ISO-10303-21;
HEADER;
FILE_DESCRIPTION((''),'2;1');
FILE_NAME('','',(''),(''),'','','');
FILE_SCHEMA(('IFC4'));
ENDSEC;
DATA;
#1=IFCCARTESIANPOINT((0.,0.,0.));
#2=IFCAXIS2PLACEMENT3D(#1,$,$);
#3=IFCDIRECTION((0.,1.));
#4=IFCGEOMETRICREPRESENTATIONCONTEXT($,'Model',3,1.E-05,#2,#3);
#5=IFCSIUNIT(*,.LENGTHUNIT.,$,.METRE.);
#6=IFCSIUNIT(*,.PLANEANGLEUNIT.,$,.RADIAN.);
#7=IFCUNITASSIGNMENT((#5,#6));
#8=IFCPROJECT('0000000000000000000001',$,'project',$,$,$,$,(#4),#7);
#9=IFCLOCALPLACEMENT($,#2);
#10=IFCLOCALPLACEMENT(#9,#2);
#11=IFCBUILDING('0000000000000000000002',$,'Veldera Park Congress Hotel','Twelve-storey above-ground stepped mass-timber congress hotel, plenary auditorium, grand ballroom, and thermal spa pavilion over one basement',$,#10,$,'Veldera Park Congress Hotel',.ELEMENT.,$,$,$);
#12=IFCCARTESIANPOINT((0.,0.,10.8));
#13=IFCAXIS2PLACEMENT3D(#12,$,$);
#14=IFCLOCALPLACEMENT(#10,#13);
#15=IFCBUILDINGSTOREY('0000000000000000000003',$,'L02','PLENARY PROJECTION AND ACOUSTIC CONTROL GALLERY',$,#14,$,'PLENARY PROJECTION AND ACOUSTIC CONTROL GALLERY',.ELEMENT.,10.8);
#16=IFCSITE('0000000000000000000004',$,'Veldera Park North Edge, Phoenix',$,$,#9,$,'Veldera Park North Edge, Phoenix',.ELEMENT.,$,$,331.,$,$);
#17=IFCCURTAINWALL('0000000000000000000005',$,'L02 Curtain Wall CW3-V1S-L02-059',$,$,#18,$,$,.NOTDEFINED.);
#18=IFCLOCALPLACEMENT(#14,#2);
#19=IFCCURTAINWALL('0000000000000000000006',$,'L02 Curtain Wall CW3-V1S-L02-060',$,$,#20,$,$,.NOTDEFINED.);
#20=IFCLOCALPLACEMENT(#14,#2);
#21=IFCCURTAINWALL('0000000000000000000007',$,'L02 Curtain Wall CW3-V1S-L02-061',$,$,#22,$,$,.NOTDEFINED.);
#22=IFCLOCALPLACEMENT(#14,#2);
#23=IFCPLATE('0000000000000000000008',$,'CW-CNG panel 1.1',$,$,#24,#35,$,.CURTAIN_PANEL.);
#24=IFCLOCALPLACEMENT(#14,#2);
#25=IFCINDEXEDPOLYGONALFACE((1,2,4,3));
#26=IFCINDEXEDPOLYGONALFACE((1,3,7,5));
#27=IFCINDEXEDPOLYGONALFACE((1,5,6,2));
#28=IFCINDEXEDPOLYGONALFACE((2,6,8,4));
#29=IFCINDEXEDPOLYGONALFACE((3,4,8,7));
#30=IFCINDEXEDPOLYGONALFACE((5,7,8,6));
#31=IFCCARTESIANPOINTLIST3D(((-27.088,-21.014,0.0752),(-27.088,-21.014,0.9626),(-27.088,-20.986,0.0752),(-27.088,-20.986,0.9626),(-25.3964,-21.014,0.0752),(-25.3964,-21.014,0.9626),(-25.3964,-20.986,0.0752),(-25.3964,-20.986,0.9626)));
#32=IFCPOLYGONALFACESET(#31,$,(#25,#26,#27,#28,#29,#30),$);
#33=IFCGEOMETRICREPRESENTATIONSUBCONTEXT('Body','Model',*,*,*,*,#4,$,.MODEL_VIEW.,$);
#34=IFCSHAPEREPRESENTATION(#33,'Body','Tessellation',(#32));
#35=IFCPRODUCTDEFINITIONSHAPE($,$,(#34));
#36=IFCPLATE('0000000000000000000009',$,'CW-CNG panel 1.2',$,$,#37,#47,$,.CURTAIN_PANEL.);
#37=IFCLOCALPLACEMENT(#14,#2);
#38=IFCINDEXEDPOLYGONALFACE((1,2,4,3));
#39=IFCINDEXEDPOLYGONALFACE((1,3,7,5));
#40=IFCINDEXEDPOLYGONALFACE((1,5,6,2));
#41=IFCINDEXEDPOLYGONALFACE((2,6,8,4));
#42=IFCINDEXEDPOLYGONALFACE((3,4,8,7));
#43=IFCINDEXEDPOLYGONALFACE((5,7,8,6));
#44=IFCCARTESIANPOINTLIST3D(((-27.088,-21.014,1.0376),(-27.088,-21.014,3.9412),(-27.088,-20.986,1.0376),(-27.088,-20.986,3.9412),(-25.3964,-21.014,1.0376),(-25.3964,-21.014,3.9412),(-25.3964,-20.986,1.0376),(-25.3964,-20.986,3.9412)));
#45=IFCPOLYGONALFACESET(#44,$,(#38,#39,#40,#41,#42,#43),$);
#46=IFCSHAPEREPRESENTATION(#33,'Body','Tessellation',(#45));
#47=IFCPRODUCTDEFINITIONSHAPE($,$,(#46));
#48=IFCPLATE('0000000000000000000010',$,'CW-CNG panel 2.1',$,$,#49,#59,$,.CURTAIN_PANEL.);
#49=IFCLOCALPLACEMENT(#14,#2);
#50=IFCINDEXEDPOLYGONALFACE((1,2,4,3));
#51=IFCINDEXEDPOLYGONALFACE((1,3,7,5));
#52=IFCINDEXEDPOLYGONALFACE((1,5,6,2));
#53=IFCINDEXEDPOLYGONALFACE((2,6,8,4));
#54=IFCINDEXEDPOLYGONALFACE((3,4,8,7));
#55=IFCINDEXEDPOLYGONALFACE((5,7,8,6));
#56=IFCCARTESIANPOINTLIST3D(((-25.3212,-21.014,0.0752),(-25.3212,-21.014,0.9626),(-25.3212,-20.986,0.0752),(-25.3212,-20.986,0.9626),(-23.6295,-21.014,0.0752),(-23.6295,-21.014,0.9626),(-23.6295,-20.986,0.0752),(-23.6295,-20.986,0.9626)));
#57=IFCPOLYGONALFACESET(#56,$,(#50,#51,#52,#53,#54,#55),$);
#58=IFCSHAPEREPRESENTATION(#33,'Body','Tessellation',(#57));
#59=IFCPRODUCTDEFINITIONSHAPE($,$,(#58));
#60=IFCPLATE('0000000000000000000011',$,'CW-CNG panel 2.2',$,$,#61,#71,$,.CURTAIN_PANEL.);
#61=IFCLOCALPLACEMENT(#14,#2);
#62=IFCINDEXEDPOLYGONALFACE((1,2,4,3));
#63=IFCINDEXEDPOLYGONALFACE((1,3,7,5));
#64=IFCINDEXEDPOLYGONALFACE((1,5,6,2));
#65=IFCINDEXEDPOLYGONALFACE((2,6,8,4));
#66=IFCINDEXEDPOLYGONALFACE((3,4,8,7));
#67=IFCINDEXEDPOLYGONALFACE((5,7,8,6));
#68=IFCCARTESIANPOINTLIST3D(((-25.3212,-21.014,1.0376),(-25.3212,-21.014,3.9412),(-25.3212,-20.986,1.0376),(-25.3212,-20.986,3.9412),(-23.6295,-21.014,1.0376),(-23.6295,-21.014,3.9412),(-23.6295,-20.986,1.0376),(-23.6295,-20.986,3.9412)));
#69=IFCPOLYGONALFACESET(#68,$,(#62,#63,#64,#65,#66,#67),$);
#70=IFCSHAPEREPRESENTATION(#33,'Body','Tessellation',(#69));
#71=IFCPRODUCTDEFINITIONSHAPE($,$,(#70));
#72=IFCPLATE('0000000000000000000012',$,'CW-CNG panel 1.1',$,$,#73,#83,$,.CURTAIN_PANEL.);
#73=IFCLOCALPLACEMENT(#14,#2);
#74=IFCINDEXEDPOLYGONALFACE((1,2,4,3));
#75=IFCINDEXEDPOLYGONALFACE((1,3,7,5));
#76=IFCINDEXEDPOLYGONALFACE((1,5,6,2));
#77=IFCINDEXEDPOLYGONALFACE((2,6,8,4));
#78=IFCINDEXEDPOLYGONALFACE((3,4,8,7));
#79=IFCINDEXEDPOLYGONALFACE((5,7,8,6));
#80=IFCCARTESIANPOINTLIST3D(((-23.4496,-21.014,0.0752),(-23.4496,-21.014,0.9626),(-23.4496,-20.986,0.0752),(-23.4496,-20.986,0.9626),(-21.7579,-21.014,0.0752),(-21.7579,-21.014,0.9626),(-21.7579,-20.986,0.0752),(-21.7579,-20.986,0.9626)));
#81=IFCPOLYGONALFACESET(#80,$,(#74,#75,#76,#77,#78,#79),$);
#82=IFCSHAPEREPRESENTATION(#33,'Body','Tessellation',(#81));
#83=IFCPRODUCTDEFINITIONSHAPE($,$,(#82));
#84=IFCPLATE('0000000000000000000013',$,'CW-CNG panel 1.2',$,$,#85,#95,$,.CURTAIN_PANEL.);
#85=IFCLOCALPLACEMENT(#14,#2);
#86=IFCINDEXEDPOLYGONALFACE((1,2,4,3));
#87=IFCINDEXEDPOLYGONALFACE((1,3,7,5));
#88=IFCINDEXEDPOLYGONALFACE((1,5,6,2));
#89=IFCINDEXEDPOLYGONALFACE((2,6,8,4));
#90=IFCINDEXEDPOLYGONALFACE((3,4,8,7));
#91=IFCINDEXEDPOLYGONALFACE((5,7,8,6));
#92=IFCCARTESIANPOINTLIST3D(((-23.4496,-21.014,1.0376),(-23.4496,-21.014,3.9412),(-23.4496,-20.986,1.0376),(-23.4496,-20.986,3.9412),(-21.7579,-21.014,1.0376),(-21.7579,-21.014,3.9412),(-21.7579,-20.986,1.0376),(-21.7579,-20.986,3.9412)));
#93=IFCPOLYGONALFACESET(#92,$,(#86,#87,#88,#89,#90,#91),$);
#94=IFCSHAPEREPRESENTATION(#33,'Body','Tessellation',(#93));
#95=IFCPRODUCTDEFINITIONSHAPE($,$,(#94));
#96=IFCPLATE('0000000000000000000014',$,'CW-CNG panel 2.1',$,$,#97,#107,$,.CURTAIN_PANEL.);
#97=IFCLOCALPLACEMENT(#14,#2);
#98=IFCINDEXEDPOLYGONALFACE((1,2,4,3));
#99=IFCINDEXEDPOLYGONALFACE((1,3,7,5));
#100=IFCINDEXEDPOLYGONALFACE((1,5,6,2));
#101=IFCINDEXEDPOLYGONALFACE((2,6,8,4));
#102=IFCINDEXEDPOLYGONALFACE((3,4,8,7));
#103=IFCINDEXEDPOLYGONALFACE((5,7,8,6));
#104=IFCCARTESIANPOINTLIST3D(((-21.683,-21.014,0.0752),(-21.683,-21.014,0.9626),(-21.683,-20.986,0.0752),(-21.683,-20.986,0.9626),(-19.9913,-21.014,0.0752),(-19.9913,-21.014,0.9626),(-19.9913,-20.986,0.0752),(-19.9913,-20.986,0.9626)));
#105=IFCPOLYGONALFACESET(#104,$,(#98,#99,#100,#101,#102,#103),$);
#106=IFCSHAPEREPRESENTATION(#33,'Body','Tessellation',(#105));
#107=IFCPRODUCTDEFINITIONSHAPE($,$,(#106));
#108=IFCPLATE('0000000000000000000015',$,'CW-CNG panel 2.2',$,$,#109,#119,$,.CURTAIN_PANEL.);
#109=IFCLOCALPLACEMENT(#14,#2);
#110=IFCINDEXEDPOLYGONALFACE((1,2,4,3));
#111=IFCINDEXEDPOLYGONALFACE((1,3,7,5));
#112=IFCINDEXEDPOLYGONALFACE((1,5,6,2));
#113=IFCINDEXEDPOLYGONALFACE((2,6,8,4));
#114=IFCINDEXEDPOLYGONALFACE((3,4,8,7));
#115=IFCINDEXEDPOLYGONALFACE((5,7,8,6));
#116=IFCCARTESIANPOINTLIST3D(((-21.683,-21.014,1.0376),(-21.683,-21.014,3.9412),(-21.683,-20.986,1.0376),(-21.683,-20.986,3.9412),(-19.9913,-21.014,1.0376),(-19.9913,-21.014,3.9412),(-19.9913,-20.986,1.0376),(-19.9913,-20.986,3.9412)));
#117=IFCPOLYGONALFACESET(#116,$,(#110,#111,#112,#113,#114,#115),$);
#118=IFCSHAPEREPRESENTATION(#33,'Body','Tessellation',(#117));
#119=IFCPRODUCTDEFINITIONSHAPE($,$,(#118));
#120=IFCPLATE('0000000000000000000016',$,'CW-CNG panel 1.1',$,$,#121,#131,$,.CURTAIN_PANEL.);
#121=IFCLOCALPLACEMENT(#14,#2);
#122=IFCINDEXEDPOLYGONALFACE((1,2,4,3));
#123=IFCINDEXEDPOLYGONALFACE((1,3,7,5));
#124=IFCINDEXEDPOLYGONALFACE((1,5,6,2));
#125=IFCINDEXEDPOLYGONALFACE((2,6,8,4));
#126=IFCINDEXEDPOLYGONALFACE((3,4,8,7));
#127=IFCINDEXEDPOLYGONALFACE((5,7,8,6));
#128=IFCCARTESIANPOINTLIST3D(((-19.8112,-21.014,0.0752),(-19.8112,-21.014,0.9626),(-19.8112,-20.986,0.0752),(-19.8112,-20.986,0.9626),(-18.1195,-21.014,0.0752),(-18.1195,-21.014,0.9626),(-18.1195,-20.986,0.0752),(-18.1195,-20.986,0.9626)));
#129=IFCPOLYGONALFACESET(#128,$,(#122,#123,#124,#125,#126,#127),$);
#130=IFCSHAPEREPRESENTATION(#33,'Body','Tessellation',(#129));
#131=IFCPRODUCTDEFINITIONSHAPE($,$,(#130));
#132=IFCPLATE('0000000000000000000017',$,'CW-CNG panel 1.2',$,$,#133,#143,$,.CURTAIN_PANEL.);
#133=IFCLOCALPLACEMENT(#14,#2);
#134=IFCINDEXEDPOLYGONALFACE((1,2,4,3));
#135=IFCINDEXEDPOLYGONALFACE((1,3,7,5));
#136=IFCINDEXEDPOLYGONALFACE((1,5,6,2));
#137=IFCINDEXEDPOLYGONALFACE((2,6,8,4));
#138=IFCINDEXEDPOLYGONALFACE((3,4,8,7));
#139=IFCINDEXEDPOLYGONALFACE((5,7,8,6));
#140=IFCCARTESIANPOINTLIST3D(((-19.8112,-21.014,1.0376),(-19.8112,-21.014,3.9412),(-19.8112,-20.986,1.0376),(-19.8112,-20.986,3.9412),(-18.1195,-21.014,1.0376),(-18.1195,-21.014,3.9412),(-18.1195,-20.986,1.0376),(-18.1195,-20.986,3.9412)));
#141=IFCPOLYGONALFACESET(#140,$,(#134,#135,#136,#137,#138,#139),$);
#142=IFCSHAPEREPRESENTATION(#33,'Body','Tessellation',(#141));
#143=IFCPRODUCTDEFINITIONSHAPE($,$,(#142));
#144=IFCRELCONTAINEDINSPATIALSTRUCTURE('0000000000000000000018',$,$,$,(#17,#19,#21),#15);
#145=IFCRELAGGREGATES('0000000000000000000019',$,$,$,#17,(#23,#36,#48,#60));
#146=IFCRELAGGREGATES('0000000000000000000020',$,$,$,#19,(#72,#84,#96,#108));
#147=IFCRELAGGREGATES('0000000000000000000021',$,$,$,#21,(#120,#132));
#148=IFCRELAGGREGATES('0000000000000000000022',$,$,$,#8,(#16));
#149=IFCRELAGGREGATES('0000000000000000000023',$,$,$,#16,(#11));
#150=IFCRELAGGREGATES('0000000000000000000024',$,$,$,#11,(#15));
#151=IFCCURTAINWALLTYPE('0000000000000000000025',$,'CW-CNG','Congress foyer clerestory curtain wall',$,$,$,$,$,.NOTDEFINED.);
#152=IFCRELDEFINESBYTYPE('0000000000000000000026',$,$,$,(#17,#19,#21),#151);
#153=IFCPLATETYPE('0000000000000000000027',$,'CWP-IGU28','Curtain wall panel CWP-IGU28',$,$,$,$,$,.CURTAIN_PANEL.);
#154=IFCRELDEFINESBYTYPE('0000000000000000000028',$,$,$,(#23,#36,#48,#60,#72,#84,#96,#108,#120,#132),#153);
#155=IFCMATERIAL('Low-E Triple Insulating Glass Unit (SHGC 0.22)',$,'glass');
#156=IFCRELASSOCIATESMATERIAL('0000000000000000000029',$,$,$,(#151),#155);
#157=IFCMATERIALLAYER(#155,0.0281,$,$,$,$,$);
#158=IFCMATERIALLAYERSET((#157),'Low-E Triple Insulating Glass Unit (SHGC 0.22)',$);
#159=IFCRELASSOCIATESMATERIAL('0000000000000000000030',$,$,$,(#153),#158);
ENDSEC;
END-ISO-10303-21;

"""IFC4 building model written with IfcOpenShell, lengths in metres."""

from ifc_helpers import new_model, si_unit, direction, frame, origin, origin_2d, place, context, subcontext, project, spatial, rectangle, extrude, material, layer, layer_set, type_object, element, aggregate, save


model = new_model("IFC4")

# Units and contexts
model_context = context("Model", 3, precision=1e-05, world=origin(), true_north=direction((0.0, 1.0)))
body_context = subcontext(model_context, "Body", "Model", "MODEL_VIEW")
ifc_project = project(units=[si_unit("LENGTHUNIT", "METRE"), si_unit("PLANEANGLEUNIT", "RADIAN")], contexts=[model_context])

# Site, building, storey
site_placement = place(None, origin())
site = spatial("IfcSite", under=ifc_project, at=site_placement, Name="Veldera Park North Edge, Phoenix", LongName="Veldera Park North Edge, Phoenix", CompositionType="ELEMENT", RefElevation=331.0)
building_placement = place(site_placement, origin())
building = spatial("IfcBuilding", under=site, at=building_placement, Name="Veldera Park Congress Hotel", Description="Twelve-storey above-ground stepped mass-timber congress hotel, plenary auditorium, grand ballroom, and thermal spa pavilion over one basement", LongName="Veldera Park Congress Hotel", CompositionType="ELEMENT")
storey_placement = place(building_placement, frame((0.0, 0.0, 10.8)))
storey = spatial("IfcBuildingStorey", under=building, at=storey_placement, Name="L02", Description="PLENARY PROJECTION AND ACOUSTIC CONTROL GALLERY", LongName="PLENARY PROJECTION AND ACOUSTIC CONTROL GALLERY", CompositionType="ELEMENT", Elevation=10.8)

# Shared definitions
ifc_material_1 = material(Name="Low-E Triple Insulating Glass Unit (SHGC 0.22)", Category="glass")
curtain_wall_type = type_object("IfcCurtainWallType", Name="CW-CNG", Description="Congress foyer clerestory curtain wall", PredefinedType="NOTDEFINED", material=ifc_material_1)

# Curtain walls
curtain_wall_1_placement = place(storey_placement, origin())
curtain_wall_1 = element("IfcCurtainWall", 1, at=curtain_wall_1_placement, inside=storey, type_object=curtain_wall_type, Name="L02 Curtain Wall CW3-V1S-L02-059", PredefinedType="NOTDEFINED")
curtain_wall_2_placement = place(storey_placement, origin())
curtain_wall_2 = element("IfcCurtainWall", 2, at=curtain_wall_2_placement, inside=storey, type_object=curtain_wall_type, Name="L02 Curtain Wall CW3-V1S-L02-060", PredefinedType="NOTDEFINED")
curtain_wall_3_placement = place(storey_placement, origin())
curtain_wall_3 = element("IfcCurtainWall", 3, at=curtain_wall_3_placement, inside=storey, type_object=curtain_wall_type, Name="L02 Curtain Wall CW3-V1S-L02-061", PredefinedType="NOTDEFINED")

# Plates
ifc_layer = layer(ifc_material_1, 0.0281)
ifc_layer_set = layer_set([ifc_layer], Name="Low-E Triple Insulating Glass Unit (SHGC 0.22)")
plate_type = type_object("IfcPlateType", Name="CWP-IGU28", Description="Curtain wall panel CWP-IGU28", PredefinedType="CURTAIN_PANEL", material=ifc_layer_set)
plate_1_placement = place(storey_placement, frame((-26.2422, -21.0, 0.0752), z_axis=(0.0, 0.0, 1.0), x_axis=(1.0, 0.0, 0.0)))
plate_1 = element("IfcPlate", 4, at=plate_1_placement, type_object=plate_type, Name="CW-CNG panel 1.1", PredefinedType="CURTAIN_PANEL", context=body_context, shape_type="SweptSolid", body=[
    extrude(rectangle(XDim=1.6917, YDim=0.0281, at=origin_2d()), origin(), (0.0, 0.0, 1.0), 0.8875),
])
plate_2_placement = place(storey_placement, frame((-26.2422, -21.0, 1.0376), z_axis=(0.0, 0.0, 1.0), x_axis=(1.0, 0.0, 0.0)))
plate_2 = element("IfcPlate", 5, at=plate_2_placement, type_object=plate_type, Name="CW-CNG panel 1.2", PredefinedType="CURTAIN_PANEL", context=body_context, shape_type="SweptSolid", body=[
    extrude(rectangle(XDim=1.6917, YDim=0.0281, at=origin_2d()), origin(), (0.0, 0.0, 1.0), 2.9036),
])
plate_3_placement = place(storey_placement, frame((-24.4753, -21.0, 0.0752), z_axis=(0.0, 0.0, 1.0), x_axis=(1.0, 0.0, 0.0)))
plate_3 = element("IfcPlate", 6, at=plate_3_placement, type_object=plate_type, Name="CW-CNG panel 2.1", PredefinedType="CURTAIN_PANEL", context=body_context, shape_type="SweptSolid", body=[
    extrude(rectangle(XDim=1.6917, YDim=0.0281, at=origin_2d()), origin(), (0.0, 0.0, 1.0), 0.8875),
])
plate_4_placement = place(storey_placement, frame((-24.4753, -21.0, 1.0376), z_axis=(0.0, 0.0, 1.0), x_axis=(1.0, 0.0, 0.0)))
plate_4 = element("IfcPlate", 7, at=plate_4_placement, type_object=plate_type, Name="CW-CNG panel 2.2", PredefinedType="CURTAIN_PANEL", context=body_context, shape_type="SweptSolid", body=[
    extrude(rectangle(XDim=1.6917, YDim=0.0281, at=origin_2d()), origin(), (0.0, 0.0, 1.0), 2.9036),
])
aggregate(curtain_wall_1, [plate_1, plate_2, plate_3, plate_4])
plate_5_placement = place(storey_placement, frame((-22.6038, -21.0, 0.0752), z_axis=(0.0, 0.0, 1.0), x_axis=(1.0, 0.0, 0.0)))
plate_5 = element("IfcPlate", 8, at=plate_5_placement, type_object=plate_type, Name="CW-CNG panel 1.1", PredefinedType="CURTAIN_PANEL", context=body_context, shape_type="SweptSolid", body=[
    extrude(rectangle(XDim=1.6917, YDim=0.0281, at=origin_2d()), origin(), (0.0, 0.0, 1.0), 0.8875),
])
plate_6_placement = place(storey_placement, frame((-22.6038, -21.0, 1.0376), z_axis=(0.0, 0.0, 1.0), x_axis=(1.0, 0.0, 0.0)))
plate_6 = element("IfcPlate", 9, at=plate_6_placement, type_object=plate_type, Name="CW-CNG panel 1.2", PredefinedType="CURTAIN_PANEL", context=body_context, shape_type="SweptSolid", body=[
    extrude(rectangle(XDim=1.6917, YDim=0.0281, at=origin_2d()), origin(), (0.0, 0.0, 1.0), 2.9036),
])
plate_7_placement = place(storey_placement, frame((-20.8372, -21.0, 0.0752), z_axis=(0.0, 0.0, 1.0), x_axis=(1.0, 0.0, 0.0)))
plate_7 = element("IfcPlate", 10, at=plate_7_placement, type_object=plate_type, Name="CW-CNG panel 2.1", PredefinedType="CURTAIN_PANEL", context=body_context, shape_type="SweptSolid", body=[
    extrude(rectangle(XDim=1.6917, YDim=0.0281, at=origin_2d()), origin(), (0.0, 0.0, 1.0), 0.8875),
])
plate_8_placement = place(storey_placement, frame((-20.8372, -21.0, 1.0376), z_axis=(0.0, 0.0, 1.0), x_axis=(1.0, 0.0, 0.0)))
plate_8 = element("IfcPlate", 11, at=plate_8_placement, type_object=plate_type, Name="CW-CNG panel 2.2", PredefinedType="CURTAIN_PANEL", context=body_context, shape_type="SweptSolid", body=[
    extrude(rectangle(XDim=1.6917, YDim=0.0281, at=origin_2d()), origin(), (0.0, 0.0, 1.0), 2.9036),
])
aggregate(curtain_wall_2, [plate_5, plate_6, plate_7, plate_8])
plate_9_placement = place(storey_placement, frame((-18.9653, -21.0, 0.0752), z_axis=(0.0, 0.0, 1.0), x_axis=(1.0, 0.0, 0.0)))
plate_9 = element("IfcPlate", 12, at=plate_9_placement, type_object=plate_type, Name="CW-CNG panel 1.1", PredefinedType="CURTAIN_PANEL", context=body_context, shape_type="SweptSolid", body=[
    extrude(rectangle(XDim=1.6917, YDim=0.0281, at=origin_2d()), origin(), (0.0, 0.0, 1.0), 0.8875),
])
plate_10_placement = place(storey_placement, frame((-18.9653, -21.0, 1.0376), z_axis=(0.0, 0.0, 1.0), x_axis=(1.0, 0.0, 0.0)))
plate_10 = element("IfcPlate", 13, at=plate_10_placement, type_object=plate_type, Name="CW-CNG panel 1.2", PredefinedType="CURTAIN_PANEL", context=body_context, shape_type="SweptSolid", body=[
    extrude(rectangle(XDim=1.6917, YDim=0.0281, at=origin_2d()), origin(), (0.0, 0.0, 1.0), 2.9036),
])
aggregate(curtain_wall_3, [plate_9, plate_10])

save(model, "model.ifc")
